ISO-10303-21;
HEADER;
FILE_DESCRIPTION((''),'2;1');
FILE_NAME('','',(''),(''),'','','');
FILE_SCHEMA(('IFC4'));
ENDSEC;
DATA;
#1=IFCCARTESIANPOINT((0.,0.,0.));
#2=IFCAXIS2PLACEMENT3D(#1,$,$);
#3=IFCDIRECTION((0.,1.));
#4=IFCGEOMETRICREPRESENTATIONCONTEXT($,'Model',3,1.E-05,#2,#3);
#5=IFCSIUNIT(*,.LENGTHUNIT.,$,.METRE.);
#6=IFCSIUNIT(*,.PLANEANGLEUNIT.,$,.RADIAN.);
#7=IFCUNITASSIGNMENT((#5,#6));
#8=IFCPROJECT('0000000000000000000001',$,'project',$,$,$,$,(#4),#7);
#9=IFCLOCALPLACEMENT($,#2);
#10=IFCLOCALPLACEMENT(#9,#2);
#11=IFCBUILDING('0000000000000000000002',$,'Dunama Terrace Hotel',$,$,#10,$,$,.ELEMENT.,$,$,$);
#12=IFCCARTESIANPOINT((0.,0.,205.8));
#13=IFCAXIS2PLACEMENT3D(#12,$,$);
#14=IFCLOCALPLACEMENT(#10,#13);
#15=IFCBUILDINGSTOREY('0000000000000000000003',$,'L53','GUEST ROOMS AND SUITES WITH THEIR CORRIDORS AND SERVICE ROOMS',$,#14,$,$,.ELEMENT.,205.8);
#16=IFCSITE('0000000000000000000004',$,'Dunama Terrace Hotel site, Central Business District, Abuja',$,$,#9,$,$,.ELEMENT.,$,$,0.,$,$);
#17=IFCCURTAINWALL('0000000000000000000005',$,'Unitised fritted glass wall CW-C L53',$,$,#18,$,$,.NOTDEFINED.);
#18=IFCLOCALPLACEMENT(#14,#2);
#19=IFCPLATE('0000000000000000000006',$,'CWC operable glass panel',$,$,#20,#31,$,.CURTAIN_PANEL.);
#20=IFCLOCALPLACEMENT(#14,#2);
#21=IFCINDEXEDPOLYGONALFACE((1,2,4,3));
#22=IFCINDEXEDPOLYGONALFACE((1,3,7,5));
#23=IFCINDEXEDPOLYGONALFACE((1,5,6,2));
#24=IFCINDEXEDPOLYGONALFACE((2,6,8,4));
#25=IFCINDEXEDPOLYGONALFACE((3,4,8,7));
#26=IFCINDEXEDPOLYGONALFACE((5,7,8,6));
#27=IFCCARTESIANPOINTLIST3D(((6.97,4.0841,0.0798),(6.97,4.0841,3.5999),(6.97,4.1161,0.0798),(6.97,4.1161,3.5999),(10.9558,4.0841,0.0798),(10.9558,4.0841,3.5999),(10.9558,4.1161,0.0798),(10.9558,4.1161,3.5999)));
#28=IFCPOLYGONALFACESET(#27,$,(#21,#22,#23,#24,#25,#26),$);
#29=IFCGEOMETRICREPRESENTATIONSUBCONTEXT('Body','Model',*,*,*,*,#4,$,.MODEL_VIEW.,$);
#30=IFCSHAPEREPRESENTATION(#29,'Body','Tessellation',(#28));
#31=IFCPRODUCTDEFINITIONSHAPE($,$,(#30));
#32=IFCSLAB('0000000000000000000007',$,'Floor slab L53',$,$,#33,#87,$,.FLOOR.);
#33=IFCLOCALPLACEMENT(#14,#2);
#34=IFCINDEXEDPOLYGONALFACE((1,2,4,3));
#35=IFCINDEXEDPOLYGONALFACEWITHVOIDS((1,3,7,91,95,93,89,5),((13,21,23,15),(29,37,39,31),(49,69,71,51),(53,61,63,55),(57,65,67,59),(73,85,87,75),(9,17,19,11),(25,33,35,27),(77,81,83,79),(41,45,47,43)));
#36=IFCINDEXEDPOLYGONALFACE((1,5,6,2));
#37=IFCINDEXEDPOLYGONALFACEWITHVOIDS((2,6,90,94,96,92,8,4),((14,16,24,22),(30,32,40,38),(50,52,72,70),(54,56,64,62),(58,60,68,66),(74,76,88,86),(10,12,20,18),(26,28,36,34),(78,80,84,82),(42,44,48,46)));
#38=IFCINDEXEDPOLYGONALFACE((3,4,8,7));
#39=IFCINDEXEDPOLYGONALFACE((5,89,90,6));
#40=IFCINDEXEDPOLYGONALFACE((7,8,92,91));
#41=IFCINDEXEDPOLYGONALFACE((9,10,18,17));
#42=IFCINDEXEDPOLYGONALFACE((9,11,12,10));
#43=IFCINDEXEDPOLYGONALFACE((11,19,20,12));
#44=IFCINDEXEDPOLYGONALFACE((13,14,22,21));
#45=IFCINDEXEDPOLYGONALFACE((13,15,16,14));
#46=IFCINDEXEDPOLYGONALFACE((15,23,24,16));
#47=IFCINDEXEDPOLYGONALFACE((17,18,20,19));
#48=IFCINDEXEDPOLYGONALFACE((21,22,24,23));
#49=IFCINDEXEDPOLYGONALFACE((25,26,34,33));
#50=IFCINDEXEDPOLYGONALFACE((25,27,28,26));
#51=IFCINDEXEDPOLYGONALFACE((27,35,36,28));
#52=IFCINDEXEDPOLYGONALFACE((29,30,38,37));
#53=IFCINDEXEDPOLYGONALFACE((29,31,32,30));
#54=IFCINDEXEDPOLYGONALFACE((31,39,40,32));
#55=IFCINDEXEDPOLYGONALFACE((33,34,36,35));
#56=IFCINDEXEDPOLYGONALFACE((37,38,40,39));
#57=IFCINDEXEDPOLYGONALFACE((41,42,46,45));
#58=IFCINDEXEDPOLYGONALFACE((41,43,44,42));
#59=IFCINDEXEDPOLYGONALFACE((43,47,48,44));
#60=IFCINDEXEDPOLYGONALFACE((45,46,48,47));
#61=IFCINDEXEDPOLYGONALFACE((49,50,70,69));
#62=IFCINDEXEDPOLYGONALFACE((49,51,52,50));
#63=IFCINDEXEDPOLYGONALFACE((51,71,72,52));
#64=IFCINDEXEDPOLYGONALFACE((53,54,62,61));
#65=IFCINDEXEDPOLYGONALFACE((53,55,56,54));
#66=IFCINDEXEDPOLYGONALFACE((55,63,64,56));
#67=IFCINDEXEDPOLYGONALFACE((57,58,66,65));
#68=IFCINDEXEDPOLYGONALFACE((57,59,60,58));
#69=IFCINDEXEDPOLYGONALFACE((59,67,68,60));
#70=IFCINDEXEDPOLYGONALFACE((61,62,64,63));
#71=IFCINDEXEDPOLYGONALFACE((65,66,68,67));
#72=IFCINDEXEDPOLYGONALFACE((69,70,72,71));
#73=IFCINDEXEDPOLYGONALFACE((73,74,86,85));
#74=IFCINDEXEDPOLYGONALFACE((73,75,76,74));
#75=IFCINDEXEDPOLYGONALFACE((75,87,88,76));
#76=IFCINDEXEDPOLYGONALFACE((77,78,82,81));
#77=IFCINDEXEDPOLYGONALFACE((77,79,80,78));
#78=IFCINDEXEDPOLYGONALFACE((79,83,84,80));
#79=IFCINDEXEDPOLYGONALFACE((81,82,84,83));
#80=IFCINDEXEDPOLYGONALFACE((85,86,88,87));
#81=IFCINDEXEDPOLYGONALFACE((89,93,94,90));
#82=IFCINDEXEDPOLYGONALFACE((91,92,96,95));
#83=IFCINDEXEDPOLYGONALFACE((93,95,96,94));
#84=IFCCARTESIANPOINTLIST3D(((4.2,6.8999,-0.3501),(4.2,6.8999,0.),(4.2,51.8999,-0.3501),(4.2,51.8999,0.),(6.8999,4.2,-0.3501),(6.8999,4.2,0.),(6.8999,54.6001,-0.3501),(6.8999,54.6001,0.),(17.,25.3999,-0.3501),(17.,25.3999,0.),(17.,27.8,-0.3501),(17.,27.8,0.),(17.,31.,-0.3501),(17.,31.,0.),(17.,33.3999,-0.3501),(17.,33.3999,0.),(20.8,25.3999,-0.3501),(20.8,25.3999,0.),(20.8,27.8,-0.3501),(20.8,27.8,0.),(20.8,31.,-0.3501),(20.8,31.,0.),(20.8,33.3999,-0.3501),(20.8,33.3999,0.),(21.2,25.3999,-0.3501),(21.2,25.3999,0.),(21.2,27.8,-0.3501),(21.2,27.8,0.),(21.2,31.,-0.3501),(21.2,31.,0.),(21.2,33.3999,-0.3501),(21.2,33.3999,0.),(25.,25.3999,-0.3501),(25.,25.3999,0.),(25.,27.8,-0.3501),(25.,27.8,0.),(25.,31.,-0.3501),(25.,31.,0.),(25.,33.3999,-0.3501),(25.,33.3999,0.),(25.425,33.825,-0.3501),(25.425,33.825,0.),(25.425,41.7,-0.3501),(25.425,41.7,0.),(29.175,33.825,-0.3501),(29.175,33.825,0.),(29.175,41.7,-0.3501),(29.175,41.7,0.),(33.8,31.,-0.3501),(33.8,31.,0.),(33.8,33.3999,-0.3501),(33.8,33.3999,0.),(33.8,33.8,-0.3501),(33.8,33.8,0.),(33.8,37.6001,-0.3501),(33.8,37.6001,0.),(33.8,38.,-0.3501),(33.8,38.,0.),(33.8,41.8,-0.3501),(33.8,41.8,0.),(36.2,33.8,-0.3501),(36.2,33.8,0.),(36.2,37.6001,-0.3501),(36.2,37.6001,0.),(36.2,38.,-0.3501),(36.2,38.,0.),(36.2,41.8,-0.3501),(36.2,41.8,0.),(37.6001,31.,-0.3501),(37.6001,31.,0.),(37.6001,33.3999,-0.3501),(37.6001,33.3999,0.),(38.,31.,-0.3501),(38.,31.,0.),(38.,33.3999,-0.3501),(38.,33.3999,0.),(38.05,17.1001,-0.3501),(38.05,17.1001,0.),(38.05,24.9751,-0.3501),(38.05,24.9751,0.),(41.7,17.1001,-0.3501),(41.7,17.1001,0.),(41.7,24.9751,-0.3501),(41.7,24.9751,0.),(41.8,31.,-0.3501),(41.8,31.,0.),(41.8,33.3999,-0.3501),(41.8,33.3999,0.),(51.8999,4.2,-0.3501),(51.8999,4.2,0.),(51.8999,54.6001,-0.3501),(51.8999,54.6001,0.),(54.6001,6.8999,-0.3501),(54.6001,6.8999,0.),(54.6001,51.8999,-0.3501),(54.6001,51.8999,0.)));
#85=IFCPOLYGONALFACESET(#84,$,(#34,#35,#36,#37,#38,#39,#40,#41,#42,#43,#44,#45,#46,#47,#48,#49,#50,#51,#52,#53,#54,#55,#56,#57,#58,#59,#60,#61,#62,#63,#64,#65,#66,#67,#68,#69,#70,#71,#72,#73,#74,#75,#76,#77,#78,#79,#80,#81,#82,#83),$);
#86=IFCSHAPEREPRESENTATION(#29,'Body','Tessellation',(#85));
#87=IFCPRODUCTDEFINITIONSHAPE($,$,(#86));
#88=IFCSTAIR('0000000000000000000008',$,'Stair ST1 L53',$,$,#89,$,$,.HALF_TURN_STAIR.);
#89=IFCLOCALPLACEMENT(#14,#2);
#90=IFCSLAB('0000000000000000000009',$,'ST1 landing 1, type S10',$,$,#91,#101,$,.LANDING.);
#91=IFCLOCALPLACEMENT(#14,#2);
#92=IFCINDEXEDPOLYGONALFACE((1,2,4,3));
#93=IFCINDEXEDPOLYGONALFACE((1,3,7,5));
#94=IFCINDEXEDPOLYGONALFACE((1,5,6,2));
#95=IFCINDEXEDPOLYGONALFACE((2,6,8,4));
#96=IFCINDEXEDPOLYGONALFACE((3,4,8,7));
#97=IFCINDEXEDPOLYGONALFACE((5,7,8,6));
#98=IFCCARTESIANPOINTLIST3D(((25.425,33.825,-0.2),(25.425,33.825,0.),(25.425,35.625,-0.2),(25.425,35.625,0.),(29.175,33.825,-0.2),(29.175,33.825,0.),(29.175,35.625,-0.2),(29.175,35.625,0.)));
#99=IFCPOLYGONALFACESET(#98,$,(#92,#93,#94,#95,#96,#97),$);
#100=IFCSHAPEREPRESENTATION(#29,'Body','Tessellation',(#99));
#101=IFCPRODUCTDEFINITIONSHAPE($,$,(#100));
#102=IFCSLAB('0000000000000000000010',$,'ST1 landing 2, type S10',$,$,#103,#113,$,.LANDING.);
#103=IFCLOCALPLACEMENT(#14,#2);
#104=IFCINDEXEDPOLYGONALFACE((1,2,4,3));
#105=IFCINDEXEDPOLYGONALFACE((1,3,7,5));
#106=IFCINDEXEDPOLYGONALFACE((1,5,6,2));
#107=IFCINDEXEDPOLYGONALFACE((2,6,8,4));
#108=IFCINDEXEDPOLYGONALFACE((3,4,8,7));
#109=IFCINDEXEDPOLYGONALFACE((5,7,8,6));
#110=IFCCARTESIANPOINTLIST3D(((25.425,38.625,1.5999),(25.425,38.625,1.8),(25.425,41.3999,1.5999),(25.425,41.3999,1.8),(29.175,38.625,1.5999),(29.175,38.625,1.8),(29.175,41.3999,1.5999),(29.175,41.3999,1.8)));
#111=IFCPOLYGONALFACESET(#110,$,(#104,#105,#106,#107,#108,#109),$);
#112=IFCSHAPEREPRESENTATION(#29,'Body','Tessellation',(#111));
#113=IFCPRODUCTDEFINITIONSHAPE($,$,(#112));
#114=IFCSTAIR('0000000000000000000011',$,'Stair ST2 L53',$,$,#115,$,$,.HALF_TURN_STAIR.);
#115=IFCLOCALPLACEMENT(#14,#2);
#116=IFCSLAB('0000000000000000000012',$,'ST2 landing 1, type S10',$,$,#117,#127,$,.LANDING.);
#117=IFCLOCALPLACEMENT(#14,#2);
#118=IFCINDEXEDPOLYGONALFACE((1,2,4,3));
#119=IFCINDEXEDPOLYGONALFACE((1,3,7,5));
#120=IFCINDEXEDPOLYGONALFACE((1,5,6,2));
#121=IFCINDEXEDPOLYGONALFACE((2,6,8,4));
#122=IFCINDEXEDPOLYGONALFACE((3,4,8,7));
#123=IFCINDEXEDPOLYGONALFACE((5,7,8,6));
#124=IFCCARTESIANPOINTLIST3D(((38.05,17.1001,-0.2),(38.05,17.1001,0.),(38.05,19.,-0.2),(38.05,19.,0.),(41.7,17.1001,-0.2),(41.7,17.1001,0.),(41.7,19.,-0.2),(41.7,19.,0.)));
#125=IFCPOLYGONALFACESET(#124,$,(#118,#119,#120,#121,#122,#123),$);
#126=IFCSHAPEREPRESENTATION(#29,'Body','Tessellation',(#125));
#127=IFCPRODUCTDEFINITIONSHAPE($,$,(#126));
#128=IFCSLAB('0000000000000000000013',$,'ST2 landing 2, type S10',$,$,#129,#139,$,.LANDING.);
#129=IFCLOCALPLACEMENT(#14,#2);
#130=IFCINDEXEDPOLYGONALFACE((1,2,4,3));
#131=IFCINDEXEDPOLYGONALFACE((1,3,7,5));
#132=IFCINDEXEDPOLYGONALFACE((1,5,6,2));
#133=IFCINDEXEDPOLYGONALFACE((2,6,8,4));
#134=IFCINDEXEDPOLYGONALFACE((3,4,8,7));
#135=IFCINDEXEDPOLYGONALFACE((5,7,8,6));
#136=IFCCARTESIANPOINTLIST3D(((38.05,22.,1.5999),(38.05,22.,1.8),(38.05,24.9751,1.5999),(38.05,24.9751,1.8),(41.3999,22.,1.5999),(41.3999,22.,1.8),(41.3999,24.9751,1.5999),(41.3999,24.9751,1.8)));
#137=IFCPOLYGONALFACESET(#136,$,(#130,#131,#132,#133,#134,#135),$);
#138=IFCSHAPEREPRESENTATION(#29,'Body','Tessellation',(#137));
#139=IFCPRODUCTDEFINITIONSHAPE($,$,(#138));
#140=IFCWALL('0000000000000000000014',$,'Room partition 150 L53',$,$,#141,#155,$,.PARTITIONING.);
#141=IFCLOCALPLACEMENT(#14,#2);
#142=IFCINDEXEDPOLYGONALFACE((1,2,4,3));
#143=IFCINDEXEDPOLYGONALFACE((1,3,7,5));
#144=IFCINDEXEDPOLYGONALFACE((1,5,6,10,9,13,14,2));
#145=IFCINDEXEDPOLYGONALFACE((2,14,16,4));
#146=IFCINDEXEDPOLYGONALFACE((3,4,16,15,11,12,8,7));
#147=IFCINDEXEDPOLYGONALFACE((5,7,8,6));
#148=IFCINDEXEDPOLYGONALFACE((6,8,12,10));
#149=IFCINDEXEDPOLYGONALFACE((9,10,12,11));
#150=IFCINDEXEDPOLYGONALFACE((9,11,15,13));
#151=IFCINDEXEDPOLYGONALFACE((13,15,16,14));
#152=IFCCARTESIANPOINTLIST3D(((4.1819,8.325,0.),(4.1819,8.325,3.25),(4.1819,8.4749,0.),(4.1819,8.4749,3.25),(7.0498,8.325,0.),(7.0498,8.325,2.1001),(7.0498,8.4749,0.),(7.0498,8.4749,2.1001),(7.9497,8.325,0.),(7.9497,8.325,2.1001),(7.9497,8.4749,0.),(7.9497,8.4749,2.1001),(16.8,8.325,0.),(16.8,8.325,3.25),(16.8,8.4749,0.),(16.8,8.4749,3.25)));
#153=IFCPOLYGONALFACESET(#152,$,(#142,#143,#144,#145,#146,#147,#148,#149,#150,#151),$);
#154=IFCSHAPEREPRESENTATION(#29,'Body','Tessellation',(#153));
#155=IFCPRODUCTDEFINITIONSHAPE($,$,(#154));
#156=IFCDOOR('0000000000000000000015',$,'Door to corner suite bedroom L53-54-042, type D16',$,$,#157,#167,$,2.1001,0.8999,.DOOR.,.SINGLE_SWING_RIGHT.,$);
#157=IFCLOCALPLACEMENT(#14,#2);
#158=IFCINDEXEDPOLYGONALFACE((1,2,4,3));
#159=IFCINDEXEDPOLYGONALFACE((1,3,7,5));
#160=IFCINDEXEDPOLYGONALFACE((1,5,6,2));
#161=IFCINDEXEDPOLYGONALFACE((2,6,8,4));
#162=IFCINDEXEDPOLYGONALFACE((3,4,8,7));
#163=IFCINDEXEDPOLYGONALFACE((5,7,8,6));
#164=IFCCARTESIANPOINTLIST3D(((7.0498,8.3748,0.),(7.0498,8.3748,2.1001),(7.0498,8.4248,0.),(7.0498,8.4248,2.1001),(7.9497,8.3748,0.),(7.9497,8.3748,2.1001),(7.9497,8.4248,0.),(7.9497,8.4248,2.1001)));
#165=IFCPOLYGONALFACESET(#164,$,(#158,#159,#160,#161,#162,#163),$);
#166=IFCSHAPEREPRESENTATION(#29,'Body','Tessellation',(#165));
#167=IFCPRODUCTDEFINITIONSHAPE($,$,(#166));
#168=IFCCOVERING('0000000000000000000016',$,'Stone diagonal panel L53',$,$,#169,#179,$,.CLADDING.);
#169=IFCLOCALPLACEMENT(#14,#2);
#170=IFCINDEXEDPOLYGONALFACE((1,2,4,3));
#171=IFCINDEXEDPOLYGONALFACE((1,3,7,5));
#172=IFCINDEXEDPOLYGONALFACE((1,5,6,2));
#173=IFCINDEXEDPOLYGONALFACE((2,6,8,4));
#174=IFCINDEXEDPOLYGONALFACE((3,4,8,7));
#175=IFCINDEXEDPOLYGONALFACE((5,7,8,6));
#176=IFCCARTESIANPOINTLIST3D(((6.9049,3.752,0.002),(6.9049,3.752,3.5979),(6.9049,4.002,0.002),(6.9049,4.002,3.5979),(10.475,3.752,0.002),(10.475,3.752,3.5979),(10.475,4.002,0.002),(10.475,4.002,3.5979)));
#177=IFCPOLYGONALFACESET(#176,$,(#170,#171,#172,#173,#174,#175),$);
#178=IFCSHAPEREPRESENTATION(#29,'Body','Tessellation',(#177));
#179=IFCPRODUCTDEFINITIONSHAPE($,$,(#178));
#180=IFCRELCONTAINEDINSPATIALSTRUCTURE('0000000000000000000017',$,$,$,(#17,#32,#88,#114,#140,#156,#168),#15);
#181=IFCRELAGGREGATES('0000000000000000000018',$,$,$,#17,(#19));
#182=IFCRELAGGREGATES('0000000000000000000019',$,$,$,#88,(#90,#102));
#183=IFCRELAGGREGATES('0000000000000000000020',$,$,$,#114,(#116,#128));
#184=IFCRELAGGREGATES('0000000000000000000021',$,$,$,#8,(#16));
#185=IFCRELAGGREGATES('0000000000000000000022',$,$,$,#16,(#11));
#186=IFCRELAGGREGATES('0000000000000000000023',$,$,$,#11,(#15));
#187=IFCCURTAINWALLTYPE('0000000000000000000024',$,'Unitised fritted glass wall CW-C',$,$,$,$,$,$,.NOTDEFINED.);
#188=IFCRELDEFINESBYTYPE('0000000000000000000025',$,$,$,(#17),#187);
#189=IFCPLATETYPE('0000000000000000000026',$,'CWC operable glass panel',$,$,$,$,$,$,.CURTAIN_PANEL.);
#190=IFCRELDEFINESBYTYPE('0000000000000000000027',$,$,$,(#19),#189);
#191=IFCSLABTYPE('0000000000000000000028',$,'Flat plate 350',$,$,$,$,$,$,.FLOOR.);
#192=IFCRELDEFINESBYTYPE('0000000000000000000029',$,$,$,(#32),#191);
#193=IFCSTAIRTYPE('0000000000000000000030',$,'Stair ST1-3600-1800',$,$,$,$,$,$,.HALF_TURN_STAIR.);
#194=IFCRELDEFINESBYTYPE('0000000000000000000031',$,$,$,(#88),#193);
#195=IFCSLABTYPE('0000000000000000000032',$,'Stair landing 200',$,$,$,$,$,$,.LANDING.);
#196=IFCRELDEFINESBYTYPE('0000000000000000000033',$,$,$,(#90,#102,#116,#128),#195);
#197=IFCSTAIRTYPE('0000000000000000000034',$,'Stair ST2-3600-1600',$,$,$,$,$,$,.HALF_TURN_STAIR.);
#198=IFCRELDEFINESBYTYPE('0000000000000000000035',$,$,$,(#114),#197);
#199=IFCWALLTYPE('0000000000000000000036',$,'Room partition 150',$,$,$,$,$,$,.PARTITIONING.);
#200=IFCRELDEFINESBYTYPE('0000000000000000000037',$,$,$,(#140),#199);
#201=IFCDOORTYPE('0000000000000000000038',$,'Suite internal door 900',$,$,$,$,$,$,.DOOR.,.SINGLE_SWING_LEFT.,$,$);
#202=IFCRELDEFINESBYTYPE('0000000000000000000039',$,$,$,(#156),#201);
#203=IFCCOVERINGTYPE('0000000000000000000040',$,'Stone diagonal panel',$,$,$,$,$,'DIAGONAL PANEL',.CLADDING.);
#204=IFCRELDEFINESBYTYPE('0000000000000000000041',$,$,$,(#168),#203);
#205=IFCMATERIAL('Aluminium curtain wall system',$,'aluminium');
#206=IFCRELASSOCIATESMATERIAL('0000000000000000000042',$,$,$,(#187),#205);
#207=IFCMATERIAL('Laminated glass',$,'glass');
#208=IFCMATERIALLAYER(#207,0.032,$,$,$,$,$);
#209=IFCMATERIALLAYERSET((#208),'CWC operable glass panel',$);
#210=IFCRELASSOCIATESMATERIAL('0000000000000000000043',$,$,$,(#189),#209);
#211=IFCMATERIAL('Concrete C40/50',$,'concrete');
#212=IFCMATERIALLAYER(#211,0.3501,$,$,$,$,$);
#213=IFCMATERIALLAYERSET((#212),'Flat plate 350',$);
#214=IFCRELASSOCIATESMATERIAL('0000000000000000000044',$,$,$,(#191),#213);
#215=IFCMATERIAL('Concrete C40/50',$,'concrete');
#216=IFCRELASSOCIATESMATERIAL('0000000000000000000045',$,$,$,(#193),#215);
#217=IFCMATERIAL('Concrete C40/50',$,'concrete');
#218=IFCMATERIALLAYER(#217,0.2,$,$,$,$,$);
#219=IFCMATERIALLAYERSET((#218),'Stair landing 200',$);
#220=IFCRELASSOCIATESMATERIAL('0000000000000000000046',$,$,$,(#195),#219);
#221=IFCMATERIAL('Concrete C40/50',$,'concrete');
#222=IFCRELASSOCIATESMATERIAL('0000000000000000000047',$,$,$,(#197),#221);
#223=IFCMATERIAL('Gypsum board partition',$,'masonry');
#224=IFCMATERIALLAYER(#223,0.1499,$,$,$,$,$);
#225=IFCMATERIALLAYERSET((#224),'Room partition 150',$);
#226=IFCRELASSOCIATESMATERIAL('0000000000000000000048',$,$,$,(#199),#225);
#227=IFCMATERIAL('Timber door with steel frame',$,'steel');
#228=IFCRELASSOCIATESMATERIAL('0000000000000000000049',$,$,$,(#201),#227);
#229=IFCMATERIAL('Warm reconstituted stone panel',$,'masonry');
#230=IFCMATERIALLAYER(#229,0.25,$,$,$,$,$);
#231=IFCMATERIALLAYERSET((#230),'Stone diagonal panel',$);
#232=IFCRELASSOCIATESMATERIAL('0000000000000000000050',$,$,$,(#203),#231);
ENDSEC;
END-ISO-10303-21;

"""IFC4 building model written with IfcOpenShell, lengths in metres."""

from ifc_helpers import new_model, si_unit, direction, frame, frame_2d, origin, origin_2d, place, context, subcontext, project, spatial, polyline, rectangle, outline, extrude, material, layer, layer_set, type_object, element, fill, aggregate, save


model = new_model("IFC4")

# Units and contexts
model_context = context("Model", 3, precision=1e-05, world=origin(), true_north=direction((0.0, 1.0)))
body_context = subcontext(model_context, "Body", "Model", "MODEL_VIEW")
ifc_project = project(units=[si_unit("LENGTHUNIT", "METRE"), si_unit("PLANEANGLEUNIT", "RADIAN")], contexts=[model_context])

# Site, building, storey
site_placement = place(None, origin())
site = spatial("IfcSite", under=ifc_project, at=site_placement, Name="Dunama Terrace Hotel site, Central Business District, Abuja", CompositionType="ELEMENT", RefElevation=0.0)
building_placement = place(site_placement, origin())
building = spatial("IfcBuilding", under=site, at=building_placement, Name="Dunama Terrace Hotel", CompositionType="ELEMENT")
storey_placement = place(building_placement, frame((0.0, 0.0, 205.8)))
storey = spatial("IfcBuildingStorey", under=building, at=storey_placement, Name="L53", Description="GUEST ROOMS AND SUITES WITH THEIR CORRIDORS AND SERVICE ROOMS", CompositionType="ELEMENT", Elevation=205.8)

# Curtain wall
ifc_material_1 = material(Name="Aluminium curtain wall system", Category="aluminium")
curtain_wall_type = type_object("IfcCurtainWallType", Name="Unitised fritted glass wall CW-C", PredefinedType="NOTDEFINED", material=ifc_material_1)
curtain_wall_1_placement = place(storey_placement, origin())
curtain_wall_1 = element("IfcCurtainWall", 1, at=curtain_wall_1_placement, inside=storey, type_object=curtain_wall_type, Name="Unitised fritted glass wall CW-C L53", PredefinedType="NOTDEFINED")

# Plate
ifc_material_2 = material(Name="Laminated glass", Category="glass")
ifc_layer_1 = layer(ifc_material_2, 0.032)
ifc_layer_set_1 = layer_set([ifc_layer_1], Name="CWC operable glass panel")
plate_type_1 = type_object("IfcPlateType", Name="CWC operable glass panel", PredefinedType="CURTAIN_PANEL", material=ifc_layer_set_1)
plate_1_placement = place(storey_placement, frame((8.9629, 4.1001, 0.0798), z_axis=(0.0, 0.0, 1.0), x_axis=(1.0, 0.0, 0.0)))
plate_1 = element("IfcPlate", 2, at=plate_1_placement, type_object=plate_type_1, Name="CWC operable glass panel", PredefinedType="CURTAIN_PANEL", context=body_context, shape_type="SweptSolid", body=[
    extrude(rectangle(XDim=3.9858, YDim=0.032, at=origin_2d()), origin(), (0.0, 0.0, 1.0), 3.52),
])
aggregate(curtain_wall_1, [plate_1])

# Slab
ifc_material_3 = material(Name="Concrete C40/50", Category="concrete")
ifc_layer_2 = layer(ifc_material_3, 0.3501)
ifc_layer_set_2 = layer_set([ifc_layer_2], Name="Flat plate 350")
slab_type_1 = type_object("IfcSlabType", Name="Flat plate 350", PredefinedType="FLOOR", material=ifc_layer_set_2)
slab_1_placement = place(storey_placement, frame((0.0, 0.0, -0.3501)))
element("IfcSlab", 3, at=slab_1_placement, inside=storey, type_object=slab_type_1, Name="Floor slab L53", PredefinedType="FLOOR", context=body_context, shape_type="SweptSolid", body=[
    extrude(outline(polyline([(6.8999, 4.2), (51.8999, 4.2), (54.6001, 6.8999), (54.6001, 51.8999), (51.8999, 54.6001), (6.8999, 54.6001), (4.2, 51.8999), (4.2, 6.8999), (6.8999, 4.2)]), holes=[polyline([(20.8, 25.3999), (20.8, 27.8), (17.0, 27.8), (17.0, 25.3999), (20.8, 25.3999)]), polyline([(25.0, 25.3999), (25.0, 27.8), (21.2, 27.8), (21.2, 25.3999), (25.0, 25.3999)]), polyline([(20.8, 31.0), (20.8, 33.3999), (17.0, 33.3999), (17.0, 31.0), (20.8, 31.0)]), polyline([(25.0, 31.0), (25.0, 33.3999), (21.2, 33.3999), (21.2, 31.0), (25.0, 31.0)]), polyline([(37.6001, 31.0), (37.6001, 33.3999), (33.8, 33.3999), (33.8, 31.0), (37.6001, 31.0)]), polyline([(41.8, 31.0), (41.8, 33.3999), (38.0, 33.3999), (38.0, 31.0), (41.8, 31.0)]), polyline([(36.2, 38.0), (36.2, 41.8), (33.8, 41.8), (33.8, 38.0), (36.2, 38.0)]), polyline([(36.2, 33.8), (36.2, 37.6001), (33.8, 37.6001), (33.8, 33.8), (36.2, 33.8)]), polyline([(29.175, 33.825), (29.175, 41.7), (25.425, 41.7), (25.425, 33.825), (29.175, 33.825)]), polyline([(41.7, 17.1001), (41.7, 24.9751), (38.05, 24.9751), (38.05, 17.1001), (41.7, 17.1001)])]), origin(), (0.0, 0.0, 1.0), 0.3501),
])

# Stairs, slabs
ifc_material_4 = material(Name="Concrete C40/50", Category="concrete")
stair_type_1 = type_object("IfcStairType", Name="Stair ST1-3600-1800", PredefinedType="HALF_TURN_STAIR", material=ifc_material_4)
stair_1_placement = place(storey_placement, origin())
stair_1 = element("IfcStair", 4, at=stair_1_placement, inside=storey, type_object=stair_type_1, Name="Stair ST1 L53", PredefinedType="HALF_TURN_STAIR")
ifc_material_5 = material(Name="Concrete C40/50", Category="concrete")
ifc_layer_3 = layer(ifc_material_5, 0.2)
ifc_layer_set_3 = layer_set([ifc_layer_3], Name="Stair landing 200")
slab_type_2 = type_object("IfcSlabType", Name="Stair landing 200", PredefinedType="LANDING", material=ifc_layer_set_3)
slab_2_placement = place(storey_placement, frame((0.0, 0.0, -0.2)))
slab_2 = element("IfcSlab", 5, at=slab_2_placement, type_object=slab_type_2, Name="ST1 landing 1, type S10", PredefinedType="LANDING", context=body_context, shape_type="SweptSolid", body=[
    extrude(outline(polyline([(25.425, 33.825), (29.175, 33.825), (29.175, 35.625), (25.425, 35.625), (25.425, 33.825)])), origin(), (0.0, 0.0, 1.0), 0.2),
])
slab_3_placement = place(storey_placement, frame((0.0, 0.0, 1.5999)))
slab_3 = element("IfcSlab", 6, at=slab_3_placement, type_object=slab_type_2, Name="ST1 landing 2, type S10", PredefinedType="LANDING", context=body_context, shape_type="SweptSolid", body=[
    extrude(outline(polyline([(25.425, 38.625), (29.175, 38.625), (29.175, 41.3999), (25.425, 41.3999), (25.425, 38.625)])), origin(), (0.0, 0.0, 1.0), 0.2002),
])
aggregate(stair_1, [slab_2, slab_3])
ifc_material_6 = material(Name="Concrete C40/50", Category="concrete")
stair_type_2 = type_object("IfcStairType", Name="Stair ST2-3600-1600", PredefinedType="HALF_TURN_STAIR", material=ifc_material_6)
stair_2_placement = place(storey_placement, origin())
stair_2 = element("IfcStair", 7, at=stair_2_placement, inside=storey, type_object=stair_type_2, Name="Stair ST2 L53", PredefinedType="HALF_TURN_STAIR")
slab_4_placement = place(storey_placement, frame((0.0, 0.0, -0.2)))
slab_4 = element("IfcSlab", 8, at=slab_4_placement, type_object=slab_type_2, Name="ST2 landing 1, type S10", PredefinedType="LANDING", context=body_context, shape_type="SweptSolid", body=[
    extrude(outline(polyline([(38.05, 17.1001), (41.7, 17.1001), (41.7, 19.0), (38.05, 19.0), (38.05, 17.1001)])), origin(), (0.0, 0.0, 1.0), 0.2),
])
slab_5_placement = place(storey_placement, frame((0.0, 0.0, 1.5999)))
slab_5 = element("IfcSlab", 9, at=slab_5_placement, type_object=slab_type_2, Name="ST2 landing 2, type S10", PredefinedType="LANDING", context=body_context, shape_type="SweptSolid", body=[
    extrude(outline(polyline([(38.05, 22.0), (41.3999, 22.0), (41.3999, 24.9751), (38.05, 24.9751), (38.05, 22.0)])), origin(), (0.0, 0.0, 1.0), 0.2002),
])
aggregate(stair_2, [slab_4, slab_5])

# Wall, opening, door
ifc_material_7 = material(Name="Gypsum board partition", Category="masonry")
ifc_layer_4 = layer(ifc_material_7, 0.1499)
ifc_layer_set_4 = layer_set([ifc_layer_4], Name="Room partition 150")
wall_type = type_object("IfcWallType", Name="Room partition 150", PredefinedType="PARTITIONING", material=ifc_layer_set_4)
wall_placement = place(storey_placement, frame((4.1819, 8.3999, 0.0), z_axis=(0.0, 0.0, 1.0), x_axis=(1.0, 0.0, 0.0)))
wall = element("IfcWall", 10, at=wall_placement, inside=storey, type_object=wall_type, Name="Room partition 150 L53", PredefinedType="PARTITIONING", context=body_context, shape_type="SweptSolid", body=[
    extrude(rectangle(XDim=12.6182, YDim=0.1499, at=frame_2d((6.3091, 0.0))), origin(), (0.0, 0.0, 1.0), 3.25),
])
opening_placement = place(wall_placement, frame((2.8679, 0.0, 0.0)))
opening = element("IfcOpeningElement", 11, at=opening_placement, cuts=wall, PredefinedType="OPENING", context=body_context, shape_type="SweptSolid", body=[
    extrude(rectangle(XDim=0.8999, YDim=2.1001, at=frame_2d((0.45, 1.05))), frame((0.0, 0.085, 0.0), z_axis=(0.0, -1.0, 0.0), x_axis=(1.0, 0.0, 0.0)), (0.0, 0.0, 1.0), 0.1699),
])
ifc_material_8 = material(Name="Timber door with steel frame", Category="steel")
door_type = type_object("IfcDoorType", Name="Suite internal door 900", OperationType="SINGLE_SWING_LEFT", PredefinedType="DOOR", material=ifc_material_8)
door_placement = place(opening_placement, frame((0.8999, 0.0, 0.0), z_axis=(0.0, 0.0, 1.0), x_axis=(-1.0, 0.0, 0.0)))
door = element("IfcDoor", 12, at=door_placement, inside=storey, type_object=door_type, Name="Door to corner suite bedroom L53-54-042, type D16", OperationType="SINGLE_SWING_RIGHT", OverallHeight=2.1001, OverallWidth=0.8999, PredefinedType="DOOR", context=body_context, shape_type="SweptSolid", body=[
    extrude(rectangle(XDim=0.8999, YDim=2.1001, at=frame_2d((0.45, 1.05))), frame((0.0, 0.0251, 0.0), z_axis=(0.0, -1.0, 0.0), x_axis=(1.0, 0.0, 0.0)), (0.0, 0.0, 1.0), 0.05),
])
fill(opening, door)

# Covering
ifc_material_9 = material(Name="Warm reconstituted stone panel", Category="masonry")
ifc_layer_5 = layer(ifc_material_9, 0.25)
ifc_layer_set_5 = layer_set([ifc_layer_5], Name="Stone diagonal panel")
covering_type = type_object("IfcCoveringType", Name="Stone diagonal panel", ElementType="DIAGONAL PANEL", PredefinedType="CLADDING", material=ifc_layer_set_5)
for number, where, z_axis, x_axis, name in (
    (13, (8.6899, 3.877, 0.002), (0.0, 0.0, 1.0), (1.0, 0.0, 0.0), "Stone diagonal panel L53"),
):
    element("IfcCovering", number, at=place(storey_placement, frame(where, z_axis=z_axis, x_axis=x_axis)), inside=storey, type_object=covering_type, Name=name, PredefinedType="CLADDING", context=body_context, shape_type="SweptSolid", body=[
        extrude(rectangle(XDim=3.5701, YDim=0.25, at=origin_2d()), origin(), (0.0, 0.0, 1.0), 3.5959),
    ])

save(model, "model.ifc")
